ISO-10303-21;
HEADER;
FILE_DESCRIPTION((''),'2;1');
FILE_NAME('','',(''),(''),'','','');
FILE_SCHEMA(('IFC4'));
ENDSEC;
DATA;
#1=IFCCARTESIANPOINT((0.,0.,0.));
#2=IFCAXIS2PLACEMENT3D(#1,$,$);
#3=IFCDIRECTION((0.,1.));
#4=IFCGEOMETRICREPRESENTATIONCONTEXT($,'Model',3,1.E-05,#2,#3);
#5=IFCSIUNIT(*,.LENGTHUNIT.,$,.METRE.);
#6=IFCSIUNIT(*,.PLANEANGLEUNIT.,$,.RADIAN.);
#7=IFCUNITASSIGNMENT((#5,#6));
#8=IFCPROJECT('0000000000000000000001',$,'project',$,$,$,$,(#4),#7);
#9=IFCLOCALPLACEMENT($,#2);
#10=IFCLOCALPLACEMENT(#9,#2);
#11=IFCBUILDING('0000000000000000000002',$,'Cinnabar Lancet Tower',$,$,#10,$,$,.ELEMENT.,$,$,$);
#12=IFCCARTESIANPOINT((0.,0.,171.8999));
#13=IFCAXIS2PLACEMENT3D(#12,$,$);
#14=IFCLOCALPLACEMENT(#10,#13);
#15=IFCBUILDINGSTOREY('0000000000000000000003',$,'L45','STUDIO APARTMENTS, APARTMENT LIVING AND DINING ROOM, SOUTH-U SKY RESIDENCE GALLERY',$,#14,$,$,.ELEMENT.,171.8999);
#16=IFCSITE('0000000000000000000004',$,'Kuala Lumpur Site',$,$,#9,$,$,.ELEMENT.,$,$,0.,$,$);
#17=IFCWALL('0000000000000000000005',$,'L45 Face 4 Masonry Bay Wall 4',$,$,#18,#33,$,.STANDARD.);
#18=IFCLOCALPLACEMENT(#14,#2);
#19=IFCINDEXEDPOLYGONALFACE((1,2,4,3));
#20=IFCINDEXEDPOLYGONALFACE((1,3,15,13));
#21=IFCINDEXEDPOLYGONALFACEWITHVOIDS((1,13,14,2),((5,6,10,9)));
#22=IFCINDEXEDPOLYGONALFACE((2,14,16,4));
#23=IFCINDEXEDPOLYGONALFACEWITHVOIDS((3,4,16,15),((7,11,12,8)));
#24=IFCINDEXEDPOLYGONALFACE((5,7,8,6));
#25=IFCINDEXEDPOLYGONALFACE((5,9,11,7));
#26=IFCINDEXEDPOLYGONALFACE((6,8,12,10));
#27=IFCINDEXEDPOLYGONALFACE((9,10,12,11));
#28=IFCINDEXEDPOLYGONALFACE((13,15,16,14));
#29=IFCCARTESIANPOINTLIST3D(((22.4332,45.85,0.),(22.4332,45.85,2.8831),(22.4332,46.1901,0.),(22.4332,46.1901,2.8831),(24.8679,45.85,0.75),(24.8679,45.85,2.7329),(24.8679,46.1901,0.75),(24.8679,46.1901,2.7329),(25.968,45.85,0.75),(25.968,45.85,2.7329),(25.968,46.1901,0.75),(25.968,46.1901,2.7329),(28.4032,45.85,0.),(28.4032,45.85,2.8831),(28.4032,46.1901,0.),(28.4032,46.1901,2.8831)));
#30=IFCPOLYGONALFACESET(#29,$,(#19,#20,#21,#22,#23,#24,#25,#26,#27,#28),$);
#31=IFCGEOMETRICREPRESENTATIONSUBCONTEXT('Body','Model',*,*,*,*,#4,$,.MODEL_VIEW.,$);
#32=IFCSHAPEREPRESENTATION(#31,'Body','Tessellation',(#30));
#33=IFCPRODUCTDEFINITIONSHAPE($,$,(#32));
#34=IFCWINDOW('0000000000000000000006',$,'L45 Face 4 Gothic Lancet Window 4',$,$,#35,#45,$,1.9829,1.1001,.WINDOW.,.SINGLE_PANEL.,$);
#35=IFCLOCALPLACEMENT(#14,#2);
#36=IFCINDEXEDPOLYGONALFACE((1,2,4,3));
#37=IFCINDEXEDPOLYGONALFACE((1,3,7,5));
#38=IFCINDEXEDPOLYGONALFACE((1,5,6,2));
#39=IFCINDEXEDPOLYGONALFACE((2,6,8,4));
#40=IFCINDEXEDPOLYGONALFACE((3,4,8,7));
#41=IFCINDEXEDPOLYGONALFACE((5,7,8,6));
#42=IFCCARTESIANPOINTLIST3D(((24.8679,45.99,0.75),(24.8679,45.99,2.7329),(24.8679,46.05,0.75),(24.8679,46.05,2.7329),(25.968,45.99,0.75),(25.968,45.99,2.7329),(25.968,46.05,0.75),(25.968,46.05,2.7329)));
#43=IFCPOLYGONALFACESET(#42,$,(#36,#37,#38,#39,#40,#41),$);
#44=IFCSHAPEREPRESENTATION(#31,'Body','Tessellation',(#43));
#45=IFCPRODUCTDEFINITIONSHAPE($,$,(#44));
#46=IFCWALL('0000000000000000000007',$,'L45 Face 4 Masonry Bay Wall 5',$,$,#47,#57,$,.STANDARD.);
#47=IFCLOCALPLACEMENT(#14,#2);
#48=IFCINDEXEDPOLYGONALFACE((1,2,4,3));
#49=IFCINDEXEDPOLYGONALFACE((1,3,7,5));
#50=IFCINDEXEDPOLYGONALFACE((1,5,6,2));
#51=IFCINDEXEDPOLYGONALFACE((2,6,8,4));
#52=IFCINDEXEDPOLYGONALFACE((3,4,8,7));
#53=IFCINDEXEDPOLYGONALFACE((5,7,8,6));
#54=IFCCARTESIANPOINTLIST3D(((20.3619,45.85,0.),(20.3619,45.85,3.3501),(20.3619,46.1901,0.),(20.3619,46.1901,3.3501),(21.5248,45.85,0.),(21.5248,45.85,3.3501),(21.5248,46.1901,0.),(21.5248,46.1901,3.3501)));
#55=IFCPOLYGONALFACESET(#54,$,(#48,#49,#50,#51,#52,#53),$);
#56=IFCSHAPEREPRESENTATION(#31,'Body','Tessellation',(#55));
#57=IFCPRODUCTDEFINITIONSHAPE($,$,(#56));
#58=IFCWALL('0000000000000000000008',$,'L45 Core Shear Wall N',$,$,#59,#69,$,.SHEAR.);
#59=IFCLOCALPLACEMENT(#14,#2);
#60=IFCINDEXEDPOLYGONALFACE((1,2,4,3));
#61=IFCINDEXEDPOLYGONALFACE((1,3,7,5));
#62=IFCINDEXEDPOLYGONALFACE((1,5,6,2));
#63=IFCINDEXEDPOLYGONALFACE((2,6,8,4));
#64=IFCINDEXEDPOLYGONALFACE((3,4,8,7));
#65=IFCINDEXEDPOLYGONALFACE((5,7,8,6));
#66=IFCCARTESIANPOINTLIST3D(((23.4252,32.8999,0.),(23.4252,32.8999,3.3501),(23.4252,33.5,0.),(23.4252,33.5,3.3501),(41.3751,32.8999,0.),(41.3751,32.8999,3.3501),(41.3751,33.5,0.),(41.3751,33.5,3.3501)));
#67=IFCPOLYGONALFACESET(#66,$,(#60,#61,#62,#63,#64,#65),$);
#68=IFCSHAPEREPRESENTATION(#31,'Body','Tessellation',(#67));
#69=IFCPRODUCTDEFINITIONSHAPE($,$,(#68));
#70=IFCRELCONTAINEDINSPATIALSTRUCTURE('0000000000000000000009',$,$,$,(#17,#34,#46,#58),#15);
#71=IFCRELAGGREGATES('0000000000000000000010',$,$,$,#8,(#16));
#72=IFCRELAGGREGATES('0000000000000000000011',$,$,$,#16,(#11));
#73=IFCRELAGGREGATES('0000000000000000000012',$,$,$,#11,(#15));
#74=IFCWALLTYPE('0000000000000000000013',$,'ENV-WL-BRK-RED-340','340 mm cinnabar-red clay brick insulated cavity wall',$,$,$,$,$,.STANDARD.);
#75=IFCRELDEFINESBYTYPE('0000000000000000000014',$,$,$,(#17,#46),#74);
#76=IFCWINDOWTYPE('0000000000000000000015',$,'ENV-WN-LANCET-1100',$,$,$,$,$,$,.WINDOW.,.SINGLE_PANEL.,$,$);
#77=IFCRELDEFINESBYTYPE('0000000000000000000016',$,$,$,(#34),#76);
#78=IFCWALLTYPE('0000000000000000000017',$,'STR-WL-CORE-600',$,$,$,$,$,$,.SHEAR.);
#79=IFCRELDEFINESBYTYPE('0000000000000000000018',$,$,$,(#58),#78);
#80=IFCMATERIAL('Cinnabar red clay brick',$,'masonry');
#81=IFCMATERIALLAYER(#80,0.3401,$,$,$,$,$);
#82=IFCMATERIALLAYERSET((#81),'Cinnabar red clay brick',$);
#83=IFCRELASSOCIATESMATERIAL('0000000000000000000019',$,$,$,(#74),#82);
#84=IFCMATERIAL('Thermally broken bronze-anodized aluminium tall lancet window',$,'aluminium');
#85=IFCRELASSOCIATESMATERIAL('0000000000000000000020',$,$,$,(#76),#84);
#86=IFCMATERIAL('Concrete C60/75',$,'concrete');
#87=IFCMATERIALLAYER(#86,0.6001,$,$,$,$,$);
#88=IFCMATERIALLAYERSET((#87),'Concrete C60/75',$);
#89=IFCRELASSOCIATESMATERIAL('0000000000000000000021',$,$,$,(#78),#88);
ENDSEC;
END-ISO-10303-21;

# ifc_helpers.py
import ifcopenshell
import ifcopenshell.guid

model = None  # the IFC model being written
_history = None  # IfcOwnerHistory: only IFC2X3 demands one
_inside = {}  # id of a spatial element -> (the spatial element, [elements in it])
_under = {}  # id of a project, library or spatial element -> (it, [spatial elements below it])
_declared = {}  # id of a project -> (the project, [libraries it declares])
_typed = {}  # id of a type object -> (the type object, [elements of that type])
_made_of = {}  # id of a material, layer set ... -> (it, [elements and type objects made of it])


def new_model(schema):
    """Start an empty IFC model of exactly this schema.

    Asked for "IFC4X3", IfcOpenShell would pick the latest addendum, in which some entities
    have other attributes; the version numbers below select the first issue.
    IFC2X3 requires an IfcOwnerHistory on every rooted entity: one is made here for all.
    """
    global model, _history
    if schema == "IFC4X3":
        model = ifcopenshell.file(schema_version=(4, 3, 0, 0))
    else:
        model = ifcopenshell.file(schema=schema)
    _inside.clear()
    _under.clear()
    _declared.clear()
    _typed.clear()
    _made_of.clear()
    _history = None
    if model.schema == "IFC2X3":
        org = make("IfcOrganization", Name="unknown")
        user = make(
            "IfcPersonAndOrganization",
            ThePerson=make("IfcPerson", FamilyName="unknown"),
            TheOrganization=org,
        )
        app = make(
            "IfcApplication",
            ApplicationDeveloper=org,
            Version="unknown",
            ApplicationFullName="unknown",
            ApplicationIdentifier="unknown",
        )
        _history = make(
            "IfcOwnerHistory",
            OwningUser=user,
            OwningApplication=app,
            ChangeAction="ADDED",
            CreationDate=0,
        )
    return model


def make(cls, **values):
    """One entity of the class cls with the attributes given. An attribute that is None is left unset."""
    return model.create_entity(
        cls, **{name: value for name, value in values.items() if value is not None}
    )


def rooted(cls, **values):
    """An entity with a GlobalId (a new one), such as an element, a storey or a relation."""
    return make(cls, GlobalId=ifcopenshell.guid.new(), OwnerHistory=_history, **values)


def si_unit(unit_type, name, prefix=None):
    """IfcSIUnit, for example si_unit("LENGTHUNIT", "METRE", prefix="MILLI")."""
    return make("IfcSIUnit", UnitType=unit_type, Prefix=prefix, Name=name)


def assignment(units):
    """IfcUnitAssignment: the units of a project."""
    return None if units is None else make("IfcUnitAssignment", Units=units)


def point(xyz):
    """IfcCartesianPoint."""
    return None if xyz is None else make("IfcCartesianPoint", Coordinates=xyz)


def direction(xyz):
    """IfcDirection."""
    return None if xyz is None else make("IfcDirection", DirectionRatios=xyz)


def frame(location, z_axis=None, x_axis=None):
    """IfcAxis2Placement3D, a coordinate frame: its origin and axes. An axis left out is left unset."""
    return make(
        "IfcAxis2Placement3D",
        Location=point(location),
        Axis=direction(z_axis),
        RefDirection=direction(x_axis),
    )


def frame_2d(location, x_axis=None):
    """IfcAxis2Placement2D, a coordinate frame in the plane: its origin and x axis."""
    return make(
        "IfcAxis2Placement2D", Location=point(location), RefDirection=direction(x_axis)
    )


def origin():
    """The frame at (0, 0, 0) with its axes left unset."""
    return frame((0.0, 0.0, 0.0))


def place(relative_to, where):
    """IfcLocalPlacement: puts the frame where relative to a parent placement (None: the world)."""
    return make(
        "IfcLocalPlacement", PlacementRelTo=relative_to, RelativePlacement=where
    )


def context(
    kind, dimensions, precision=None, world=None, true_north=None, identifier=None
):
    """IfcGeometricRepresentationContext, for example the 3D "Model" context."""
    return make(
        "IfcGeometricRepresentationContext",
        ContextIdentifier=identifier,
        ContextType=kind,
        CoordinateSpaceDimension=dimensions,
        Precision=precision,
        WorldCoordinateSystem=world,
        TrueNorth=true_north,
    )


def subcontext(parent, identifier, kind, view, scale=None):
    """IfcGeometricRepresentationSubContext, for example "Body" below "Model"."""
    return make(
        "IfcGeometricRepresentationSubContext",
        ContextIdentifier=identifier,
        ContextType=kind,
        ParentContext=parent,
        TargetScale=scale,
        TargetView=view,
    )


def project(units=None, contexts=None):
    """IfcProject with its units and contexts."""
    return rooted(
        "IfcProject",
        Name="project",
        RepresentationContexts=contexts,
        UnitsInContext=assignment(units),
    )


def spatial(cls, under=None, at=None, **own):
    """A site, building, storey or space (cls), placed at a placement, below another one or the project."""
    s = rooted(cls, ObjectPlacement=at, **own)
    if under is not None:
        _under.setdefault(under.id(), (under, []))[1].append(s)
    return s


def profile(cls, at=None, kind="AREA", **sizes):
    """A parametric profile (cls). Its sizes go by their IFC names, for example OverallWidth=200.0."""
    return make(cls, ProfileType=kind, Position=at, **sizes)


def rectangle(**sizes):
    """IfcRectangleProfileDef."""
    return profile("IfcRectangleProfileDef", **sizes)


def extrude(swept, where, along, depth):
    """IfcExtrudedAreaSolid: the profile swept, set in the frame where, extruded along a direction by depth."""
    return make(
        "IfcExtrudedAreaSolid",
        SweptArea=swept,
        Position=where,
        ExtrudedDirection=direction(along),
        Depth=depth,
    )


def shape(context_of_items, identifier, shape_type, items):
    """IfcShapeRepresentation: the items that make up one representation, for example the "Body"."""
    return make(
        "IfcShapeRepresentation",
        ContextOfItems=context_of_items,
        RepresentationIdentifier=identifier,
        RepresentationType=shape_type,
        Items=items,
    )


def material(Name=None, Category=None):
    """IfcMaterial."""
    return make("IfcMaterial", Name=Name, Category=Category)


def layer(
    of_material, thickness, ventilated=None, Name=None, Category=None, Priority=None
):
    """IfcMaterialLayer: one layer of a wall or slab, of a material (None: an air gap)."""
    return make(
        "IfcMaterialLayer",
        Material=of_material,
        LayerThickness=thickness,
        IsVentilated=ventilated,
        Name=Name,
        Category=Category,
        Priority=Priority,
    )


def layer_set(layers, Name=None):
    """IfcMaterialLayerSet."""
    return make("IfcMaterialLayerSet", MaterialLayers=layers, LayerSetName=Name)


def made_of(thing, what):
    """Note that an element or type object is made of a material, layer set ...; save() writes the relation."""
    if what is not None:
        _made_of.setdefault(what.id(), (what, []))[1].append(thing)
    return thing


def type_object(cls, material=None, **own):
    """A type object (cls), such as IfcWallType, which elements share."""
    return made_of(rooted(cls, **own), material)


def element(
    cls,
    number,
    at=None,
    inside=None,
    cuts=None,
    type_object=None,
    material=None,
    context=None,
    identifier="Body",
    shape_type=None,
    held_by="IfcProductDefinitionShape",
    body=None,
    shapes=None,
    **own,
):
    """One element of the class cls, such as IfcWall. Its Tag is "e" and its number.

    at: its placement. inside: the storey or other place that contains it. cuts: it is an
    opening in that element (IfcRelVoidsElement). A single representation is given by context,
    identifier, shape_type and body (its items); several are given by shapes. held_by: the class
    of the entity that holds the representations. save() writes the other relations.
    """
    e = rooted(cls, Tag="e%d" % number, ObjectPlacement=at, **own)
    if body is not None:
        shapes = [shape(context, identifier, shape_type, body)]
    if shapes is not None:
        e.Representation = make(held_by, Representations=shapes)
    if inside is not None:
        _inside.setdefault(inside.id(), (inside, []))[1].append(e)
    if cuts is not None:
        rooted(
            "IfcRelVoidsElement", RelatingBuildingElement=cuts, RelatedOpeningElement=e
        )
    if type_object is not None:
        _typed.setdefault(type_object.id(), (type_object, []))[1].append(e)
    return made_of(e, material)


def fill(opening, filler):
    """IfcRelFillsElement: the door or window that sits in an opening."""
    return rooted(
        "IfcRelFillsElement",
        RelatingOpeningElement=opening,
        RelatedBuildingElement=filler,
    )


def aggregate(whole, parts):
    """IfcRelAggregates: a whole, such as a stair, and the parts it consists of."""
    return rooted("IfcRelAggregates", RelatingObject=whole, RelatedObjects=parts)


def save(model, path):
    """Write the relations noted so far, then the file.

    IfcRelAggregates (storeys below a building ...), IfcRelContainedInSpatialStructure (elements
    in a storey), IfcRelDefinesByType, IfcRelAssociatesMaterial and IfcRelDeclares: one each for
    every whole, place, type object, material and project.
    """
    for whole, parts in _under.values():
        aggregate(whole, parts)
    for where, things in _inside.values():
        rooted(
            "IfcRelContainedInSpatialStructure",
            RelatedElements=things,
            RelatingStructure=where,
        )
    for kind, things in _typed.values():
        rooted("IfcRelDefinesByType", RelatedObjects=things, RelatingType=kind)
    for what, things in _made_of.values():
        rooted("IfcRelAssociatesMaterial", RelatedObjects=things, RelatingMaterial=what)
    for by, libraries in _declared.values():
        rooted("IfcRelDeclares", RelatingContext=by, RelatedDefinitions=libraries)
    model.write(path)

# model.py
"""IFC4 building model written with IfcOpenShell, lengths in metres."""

from ifc_helpers import new_model, si_unit, direction, frame, frame_2d, origin, place, context, subcontext, project, spatial, rectangle, extrude, material, layer, layer_set, type_object, element, fill, save


model = new_model("IFC4")

# Units and contexts
model_context = context("Model", 3, precision=1e-05, world=origin(), true_north=direction((0.0, 1.0)))
body_context = subcontext(model_context, "Body", "Model", "MODEL_VIEW")
ifc_project = project(units=[si_unit("LENGTHUNIT", "METRE"), si_unit("PLANEANGLEUNIT", "RADIAN")], contexts=[model_context])

# Site, building, storey
site_placement = place(None, origin())
site = spatial("IfcSite", under=ifc_project, at=site_placement, Name="Kuala Lumpur Site", CompositionType="ELEMENT", RefElevation=0.0)
building_placement = place(site_placement, origin())
building = spatial("IfcBuilding", under=site, at=building_placement, Name="Cinnabar Lancet Tower", CompositionType="ELEMENT")
storey_placement = place(building_placement, frame((0.0, 0.0, 171.8999)))
storey = spatial("IfcBuildingStorey", under=building, at=storey_placement, Name="L45", Description="STUDIO APARTMENTS, APARTMENT LIVING AND DINING ROOM, SOUTH-U SKY RESIDENCE GALLERY", CompositionType="ELEMENT", Elevation=171.8999)

# Wall, opening, window
ifc_material_1 = material(Name="Cinnabar red clay brick", Category="masonry")
ifc_layer_1 = layer(ifc_material_1, 0.3401)
ifc_layer_set_1 = layer_set([ifc_layer_1], Name="Cinnabar red clay brick")
wall_type_1 = type_object("IfcWallType", Name="ENV-WL-BRK-RED-340", Description="340 mm cinnabar-red clay brick insulated cavity wall", PredefinedType="STANDARD", material=ifc_layer_set_1)
wall_1_placement = place(storey_placement, frame((28.4031, 46.02, 0.0), z_axis=(0.0, 0.0, 1.0), x_axis=(-1.0, 0.0, 0.0)))
wall_1 = element("IfcWall", 1, at=wall_1_placement, inside=storey, type_object=wall_type_1, Name="L45 Face 4 Masonry Bay Wall 4", PredefinedType="STANDARD", context=body_context, shape_type="SweptSolid", body=[
    extrude(rectangle(XDim=5.97, YDim=0.3401, at=frame_2d((2.9849, 0.0))), origin(), (0.0, 0.0, 1.0), 2.8831),
])
opening_1_placement = place(wall_1_placement, frame((2.4351, 0.0, 0.75)))
opening_1 = element("IfcOpeningElement", 2, at=opening_1_placement, cuts=wall_1, PredefinedType="OPENING", context=body_context, shape_type="SweptSolid", body=[
    extrude(rectangle(XDim=1.1001, YDim=1.9829, at=frame_2d((0.55, 0.9915))), frame((0.0, 0.1799, 0.0), z_axis=(0.0, -1.0, 0.0), x_axis=(1.0, 0.0, 0.0)), (0.0, 0.0, 1.0), 0.3601),
])
ifc_material_2 = material(Name="Thermally broken bronze-anodized aluminium tall lancet window", Category="aluminium")
window_type = type_object("IfcWindowType", Name="ENV-WN-LANCET-1100", PartitioningType="SINGLE_PANEL", PredefinedType="WINDOW", material=ifc_material_2)
window_placement = place(opening_1_placement, origin())
window = element("IfcWindow", 3, at=window_placement, inside=storey, type_object=window_type, Name="L45 Face 4 Gothic Lancet Window 4", OverallHeight=1.9829, OverallWidth=1.1001, PartitioningType="SINGLE_PANEL", PredefinedType="WINDOW", context=body_context, shape_type="SweptSolid", body=[
    extrude(rectangle(XDim=1.1001, YDim=1.9829, at=frame_2d((0.55, 0.9915))), frame((0.0, 0.03, 0.0), z_axis=(0.0, -1.0, 0.0), x_axis=(1.0, 0.0, 0.0)), (0.0, 0.0, 1.0), 0.0601),
])
fill(opening_1, window)

# Walls
wall_2_placement = place(storey_placement, frame((21.5249, 46.02, 0.0), z_axis=(0.0, 0.0, 1.0), x_axis=(-1.0, 0.0, 0.0)))
element("IfcWall", 4, at=wall_2_placement, inside=storey, type_object=wall_type_1, Name="L45 Face 4 Masonry Bay Wall 5", PredefinedType="STANDARD", context=body_context, shape_type="SweptSolid", body=[
    extrude(rectangle(XDim=1.1628, YDim=0.3401, at=frame_2d((0.5815, 0.0))), origin(), (0.0, 0.0, 1.0), 3.3501),
])
ifc_material_3 = material(Name="Concrete C60/75", Category="concrete")
ifc_layer_2 = layer(ifc_material_3, 0.6001)
ifc_layer_set_2 = layer_set([ifc_layer_2], Name="Concrete C60/75")
wall_type_2 = type_object("IfcWallType", Name="STR-WL-CORE-600", PredefinedType="SHEAR", material=ifc_layer_set_2)
wall_3_placement = place(storey_placement, frame((23.425, 33.2, 0.0), z_axis=(0.0, 0.0, 1.0), x_axis=(1.0, 0.0, 0.0)))
element("IfcWall", 5, at=wall_3_placement, inside=storey, type_object=wall_type_2, Name="L45 Core Shear Wall N", PredefinedType="SHEAR", context=body_context, shape_type="SweptSolid", body=[
    extrude(rectangle(XDim=17.95, YDim=0.6001, at=frame_2d((8.9751, 0.0))), origin(), (0.0, 0.0, 1.0), 3.3501),
])

save(model, "model.ifc")
